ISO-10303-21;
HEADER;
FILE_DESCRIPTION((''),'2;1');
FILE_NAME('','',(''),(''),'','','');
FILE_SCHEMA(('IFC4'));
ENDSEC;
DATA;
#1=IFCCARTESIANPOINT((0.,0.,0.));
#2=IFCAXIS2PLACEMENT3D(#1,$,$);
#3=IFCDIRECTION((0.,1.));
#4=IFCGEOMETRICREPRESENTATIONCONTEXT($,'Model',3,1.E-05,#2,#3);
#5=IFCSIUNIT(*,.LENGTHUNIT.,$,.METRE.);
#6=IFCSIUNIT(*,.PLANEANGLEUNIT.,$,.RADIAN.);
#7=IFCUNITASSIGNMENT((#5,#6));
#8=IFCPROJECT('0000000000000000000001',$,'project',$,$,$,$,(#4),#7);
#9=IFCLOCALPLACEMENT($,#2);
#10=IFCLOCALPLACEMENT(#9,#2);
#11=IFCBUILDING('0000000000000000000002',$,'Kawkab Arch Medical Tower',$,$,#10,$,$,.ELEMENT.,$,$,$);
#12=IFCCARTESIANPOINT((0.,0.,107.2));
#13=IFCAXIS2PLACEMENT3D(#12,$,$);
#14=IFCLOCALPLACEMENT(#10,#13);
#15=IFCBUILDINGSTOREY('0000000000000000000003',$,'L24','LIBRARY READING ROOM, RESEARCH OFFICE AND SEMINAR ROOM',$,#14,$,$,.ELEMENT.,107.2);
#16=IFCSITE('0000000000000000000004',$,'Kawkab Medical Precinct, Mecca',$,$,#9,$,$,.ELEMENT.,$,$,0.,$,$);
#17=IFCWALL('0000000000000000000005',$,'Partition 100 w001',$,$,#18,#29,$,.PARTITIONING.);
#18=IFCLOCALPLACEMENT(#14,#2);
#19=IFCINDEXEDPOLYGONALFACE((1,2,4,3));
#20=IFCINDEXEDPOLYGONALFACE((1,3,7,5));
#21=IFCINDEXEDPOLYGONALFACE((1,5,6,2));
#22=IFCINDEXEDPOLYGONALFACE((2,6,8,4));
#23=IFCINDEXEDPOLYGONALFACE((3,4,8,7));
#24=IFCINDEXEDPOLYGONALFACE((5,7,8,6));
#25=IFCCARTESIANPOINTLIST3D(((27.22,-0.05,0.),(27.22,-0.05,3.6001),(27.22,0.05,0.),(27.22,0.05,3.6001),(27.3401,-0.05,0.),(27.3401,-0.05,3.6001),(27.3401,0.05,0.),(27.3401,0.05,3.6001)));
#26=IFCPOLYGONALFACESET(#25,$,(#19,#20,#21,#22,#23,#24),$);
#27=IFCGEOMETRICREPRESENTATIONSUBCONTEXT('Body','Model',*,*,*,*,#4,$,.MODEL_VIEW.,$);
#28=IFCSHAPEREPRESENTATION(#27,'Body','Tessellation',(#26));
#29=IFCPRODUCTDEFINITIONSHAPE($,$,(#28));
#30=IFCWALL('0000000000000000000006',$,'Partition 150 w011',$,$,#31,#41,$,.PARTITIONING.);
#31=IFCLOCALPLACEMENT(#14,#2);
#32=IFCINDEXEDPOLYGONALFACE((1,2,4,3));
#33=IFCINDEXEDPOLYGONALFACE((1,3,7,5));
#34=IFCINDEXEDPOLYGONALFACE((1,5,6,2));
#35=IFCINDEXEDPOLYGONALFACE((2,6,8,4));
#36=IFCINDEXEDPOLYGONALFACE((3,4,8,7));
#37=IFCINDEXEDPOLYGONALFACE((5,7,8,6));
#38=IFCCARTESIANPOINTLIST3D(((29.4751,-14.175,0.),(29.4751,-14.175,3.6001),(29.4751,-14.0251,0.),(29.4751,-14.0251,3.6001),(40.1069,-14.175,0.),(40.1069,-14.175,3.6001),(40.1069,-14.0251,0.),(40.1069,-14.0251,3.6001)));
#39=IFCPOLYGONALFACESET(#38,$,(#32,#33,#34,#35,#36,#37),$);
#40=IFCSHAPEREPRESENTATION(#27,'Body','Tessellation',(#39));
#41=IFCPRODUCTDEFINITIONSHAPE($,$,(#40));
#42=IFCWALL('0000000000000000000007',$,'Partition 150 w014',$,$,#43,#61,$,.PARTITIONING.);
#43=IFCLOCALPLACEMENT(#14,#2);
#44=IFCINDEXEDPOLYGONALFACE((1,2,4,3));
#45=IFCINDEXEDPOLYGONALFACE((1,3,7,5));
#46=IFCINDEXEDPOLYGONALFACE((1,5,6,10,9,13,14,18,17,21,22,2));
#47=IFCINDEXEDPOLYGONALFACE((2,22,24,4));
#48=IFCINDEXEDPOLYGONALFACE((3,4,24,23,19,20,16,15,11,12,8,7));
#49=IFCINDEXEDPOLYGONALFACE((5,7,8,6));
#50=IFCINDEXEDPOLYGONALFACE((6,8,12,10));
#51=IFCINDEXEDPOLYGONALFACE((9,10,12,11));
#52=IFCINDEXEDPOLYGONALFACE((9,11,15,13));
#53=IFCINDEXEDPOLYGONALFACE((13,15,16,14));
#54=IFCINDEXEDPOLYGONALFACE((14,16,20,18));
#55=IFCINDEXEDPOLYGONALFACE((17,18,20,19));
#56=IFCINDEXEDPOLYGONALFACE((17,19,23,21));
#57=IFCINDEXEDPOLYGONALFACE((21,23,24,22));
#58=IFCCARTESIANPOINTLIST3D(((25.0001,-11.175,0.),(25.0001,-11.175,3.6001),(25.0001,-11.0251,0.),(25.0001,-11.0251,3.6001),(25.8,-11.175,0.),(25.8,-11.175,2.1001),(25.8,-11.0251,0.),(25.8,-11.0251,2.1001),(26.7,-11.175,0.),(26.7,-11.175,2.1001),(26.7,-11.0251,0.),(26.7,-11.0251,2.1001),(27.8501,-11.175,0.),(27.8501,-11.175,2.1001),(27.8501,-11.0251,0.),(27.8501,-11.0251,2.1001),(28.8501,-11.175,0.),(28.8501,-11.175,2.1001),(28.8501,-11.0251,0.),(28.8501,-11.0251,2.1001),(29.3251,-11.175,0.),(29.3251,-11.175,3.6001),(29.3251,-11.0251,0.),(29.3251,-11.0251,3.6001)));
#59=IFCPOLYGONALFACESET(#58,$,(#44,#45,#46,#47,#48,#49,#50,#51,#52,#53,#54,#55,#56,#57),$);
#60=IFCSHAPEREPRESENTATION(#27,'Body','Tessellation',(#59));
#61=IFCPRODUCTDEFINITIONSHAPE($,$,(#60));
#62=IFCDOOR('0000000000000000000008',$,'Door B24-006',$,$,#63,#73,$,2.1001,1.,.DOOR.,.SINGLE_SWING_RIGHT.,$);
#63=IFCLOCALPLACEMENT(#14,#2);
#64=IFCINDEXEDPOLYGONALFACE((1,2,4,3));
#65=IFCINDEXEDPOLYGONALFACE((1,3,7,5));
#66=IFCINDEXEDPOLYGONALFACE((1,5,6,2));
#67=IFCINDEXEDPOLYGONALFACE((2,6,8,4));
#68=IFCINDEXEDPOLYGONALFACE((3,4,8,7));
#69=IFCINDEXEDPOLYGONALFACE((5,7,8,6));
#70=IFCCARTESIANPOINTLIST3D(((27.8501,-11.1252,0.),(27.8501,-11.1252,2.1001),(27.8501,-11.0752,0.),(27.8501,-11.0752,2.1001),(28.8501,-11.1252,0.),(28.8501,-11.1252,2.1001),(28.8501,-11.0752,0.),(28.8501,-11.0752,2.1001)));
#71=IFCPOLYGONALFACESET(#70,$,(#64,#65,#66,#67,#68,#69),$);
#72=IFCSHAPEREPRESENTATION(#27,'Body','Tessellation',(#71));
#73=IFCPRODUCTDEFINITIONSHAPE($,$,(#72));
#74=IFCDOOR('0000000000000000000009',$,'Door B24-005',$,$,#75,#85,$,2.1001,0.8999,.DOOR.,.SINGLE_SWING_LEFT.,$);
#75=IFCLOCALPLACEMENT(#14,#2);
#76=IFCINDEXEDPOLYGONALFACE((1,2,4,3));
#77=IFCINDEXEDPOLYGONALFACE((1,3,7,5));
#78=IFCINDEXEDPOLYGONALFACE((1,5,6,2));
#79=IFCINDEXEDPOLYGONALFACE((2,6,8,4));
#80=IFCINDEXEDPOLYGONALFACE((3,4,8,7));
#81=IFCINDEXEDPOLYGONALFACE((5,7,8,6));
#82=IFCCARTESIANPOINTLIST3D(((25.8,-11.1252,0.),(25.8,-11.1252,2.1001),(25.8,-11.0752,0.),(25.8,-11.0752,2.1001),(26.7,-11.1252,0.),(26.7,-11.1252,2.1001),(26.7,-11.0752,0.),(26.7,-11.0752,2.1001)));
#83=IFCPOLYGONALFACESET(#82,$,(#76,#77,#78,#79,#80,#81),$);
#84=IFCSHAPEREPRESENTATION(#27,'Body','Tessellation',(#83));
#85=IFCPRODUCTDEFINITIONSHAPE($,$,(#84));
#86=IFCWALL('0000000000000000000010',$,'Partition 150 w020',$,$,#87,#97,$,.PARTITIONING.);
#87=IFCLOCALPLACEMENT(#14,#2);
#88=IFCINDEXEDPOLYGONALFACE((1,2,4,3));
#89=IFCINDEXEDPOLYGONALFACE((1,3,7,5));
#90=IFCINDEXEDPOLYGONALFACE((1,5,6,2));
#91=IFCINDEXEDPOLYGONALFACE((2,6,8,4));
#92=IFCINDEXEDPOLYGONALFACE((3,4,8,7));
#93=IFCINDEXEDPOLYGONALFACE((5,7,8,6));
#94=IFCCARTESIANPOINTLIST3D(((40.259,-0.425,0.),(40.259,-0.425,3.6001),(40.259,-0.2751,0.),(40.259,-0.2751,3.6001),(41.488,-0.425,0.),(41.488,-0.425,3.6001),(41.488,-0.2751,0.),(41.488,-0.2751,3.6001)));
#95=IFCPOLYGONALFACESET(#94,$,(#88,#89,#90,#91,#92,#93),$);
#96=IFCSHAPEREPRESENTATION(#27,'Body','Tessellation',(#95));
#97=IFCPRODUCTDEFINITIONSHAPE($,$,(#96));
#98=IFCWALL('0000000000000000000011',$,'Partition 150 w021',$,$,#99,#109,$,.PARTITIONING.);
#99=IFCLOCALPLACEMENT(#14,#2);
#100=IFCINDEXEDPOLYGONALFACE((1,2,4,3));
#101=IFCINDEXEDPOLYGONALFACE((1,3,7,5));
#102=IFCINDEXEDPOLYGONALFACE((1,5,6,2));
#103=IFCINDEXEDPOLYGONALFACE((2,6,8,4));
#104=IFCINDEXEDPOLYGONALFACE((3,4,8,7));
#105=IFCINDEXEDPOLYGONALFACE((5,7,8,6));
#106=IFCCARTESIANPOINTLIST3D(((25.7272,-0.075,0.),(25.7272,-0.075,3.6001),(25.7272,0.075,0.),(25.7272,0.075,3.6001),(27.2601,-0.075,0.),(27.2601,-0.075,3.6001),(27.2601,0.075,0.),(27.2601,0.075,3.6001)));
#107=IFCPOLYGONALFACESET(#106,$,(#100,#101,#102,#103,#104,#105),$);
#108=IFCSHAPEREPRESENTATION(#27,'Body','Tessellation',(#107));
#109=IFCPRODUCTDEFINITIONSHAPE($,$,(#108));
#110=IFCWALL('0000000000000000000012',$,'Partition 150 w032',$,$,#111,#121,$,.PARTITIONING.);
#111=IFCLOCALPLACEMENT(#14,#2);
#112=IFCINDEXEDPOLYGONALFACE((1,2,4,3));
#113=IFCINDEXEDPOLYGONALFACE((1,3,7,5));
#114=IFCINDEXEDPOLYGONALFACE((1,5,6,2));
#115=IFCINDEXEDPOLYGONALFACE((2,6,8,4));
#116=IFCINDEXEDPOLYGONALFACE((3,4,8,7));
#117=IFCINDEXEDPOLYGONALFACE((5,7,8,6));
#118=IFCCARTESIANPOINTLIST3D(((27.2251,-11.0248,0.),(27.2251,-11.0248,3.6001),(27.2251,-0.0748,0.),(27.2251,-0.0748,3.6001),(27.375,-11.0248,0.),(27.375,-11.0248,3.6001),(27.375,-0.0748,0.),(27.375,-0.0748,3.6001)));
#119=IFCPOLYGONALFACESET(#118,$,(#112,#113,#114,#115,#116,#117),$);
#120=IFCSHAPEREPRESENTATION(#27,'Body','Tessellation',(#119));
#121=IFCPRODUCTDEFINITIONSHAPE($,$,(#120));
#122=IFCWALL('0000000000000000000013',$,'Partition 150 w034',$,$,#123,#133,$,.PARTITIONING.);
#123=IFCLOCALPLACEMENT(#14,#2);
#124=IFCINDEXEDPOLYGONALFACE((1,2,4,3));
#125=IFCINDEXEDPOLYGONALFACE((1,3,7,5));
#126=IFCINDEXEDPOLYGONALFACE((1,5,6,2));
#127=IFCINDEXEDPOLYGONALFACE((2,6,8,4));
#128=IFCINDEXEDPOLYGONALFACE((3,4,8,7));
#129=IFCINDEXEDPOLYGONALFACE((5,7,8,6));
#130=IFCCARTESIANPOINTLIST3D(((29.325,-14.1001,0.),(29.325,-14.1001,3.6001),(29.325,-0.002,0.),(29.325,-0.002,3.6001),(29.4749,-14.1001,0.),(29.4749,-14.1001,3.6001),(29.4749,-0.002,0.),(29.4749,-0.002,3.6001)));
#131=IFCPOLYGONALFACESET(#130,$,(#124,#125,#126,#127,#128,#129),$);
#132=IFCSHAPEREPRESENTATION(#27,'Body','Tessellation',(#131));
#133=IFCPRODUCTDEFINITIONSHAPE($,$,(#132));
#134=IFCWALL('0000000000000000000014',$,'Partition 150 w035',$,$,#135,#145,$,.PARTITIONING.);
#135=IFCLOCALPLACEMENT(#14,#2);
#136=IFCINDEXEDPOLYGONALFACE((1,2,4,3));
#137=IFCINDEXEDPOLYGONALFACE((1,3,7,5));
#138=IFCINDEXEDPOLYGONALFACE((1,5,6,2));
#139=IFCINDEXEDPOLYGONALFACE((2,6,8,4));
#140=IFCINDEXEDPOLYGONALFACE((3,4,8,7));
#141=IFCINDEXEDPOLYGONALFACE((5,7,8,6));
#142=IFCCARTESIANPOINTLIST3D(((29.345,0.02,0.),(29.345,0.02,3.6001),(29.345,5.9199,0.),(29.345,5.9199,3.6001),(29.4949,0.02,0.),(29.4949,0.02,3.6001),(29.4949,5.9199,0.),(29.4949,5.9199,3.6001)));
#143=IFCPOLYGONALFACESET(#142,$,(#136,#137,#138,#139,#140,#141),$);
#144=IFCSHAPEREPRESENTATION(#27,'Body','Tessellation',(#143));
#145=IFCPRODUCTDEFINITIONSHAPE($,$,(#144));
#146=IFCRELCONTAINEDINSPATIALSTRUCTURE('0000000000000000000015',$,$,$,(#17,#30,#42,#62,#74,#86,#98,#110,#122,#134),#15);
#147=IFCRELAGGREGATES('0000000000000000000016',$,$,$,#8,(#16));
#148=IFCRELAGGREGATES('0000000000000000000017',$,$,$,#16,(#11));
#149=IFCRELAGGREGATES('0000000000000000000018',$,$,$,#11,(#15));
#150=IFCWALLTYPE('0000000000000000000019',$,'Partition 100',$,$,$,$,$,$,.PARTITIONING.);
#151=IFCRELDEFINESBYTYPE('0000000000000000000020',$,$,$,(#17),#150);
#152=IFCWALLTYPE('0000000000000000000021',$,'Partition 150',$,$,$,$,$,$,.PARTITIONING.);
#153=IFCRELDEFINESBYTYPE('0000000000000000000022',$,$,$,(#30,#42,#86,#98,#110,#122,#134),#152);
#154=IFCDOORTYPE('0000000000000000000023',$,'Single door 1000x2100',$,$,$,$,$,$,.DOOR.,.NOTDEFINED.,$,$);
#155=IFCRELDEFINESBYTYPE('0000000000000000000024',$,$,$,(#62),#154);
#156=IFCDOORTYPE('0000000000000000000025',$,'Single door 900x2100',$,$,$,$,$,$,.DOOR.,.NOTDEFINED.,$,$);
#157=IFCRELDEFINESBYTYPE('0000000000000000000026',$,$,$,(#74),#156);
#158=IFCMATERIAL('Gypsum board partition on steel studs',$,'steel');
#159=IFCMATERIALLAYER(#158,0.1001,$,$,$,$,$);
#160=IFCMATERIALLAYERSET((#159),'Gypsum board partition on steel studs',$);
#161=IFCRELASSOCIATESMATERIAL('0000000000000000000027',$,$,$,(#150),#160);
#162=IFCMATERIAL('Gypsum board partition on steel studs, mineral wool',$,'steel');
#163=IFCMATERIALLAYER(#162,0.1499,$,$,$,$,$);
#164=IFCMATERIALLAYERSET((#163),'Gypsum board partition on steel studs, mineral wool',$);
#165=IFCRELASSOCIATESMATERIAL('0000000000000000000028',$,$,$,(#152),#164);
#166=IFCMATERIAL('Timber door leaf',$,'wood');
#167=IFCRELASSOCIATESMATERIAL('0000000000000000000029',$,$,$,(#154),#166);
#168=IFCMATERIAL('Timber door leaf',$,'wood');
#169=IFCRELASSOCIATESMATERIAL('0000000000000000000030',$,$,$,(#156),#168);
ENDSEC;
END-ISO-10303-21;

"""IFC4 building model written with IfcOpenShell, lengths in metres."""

from ifc_helpers import new_model, si_unit, direction, frame, frame_2d, origin, place, context, subcontext, project, spatial, rectangle, extrude, material, layer, layer_set, type_object, element, fill, save


model = new_model("IFC4")

# Units and contexts
model_context = context("Model", 3, precision=1e-05, world=origin(), true_north=direction((0.0, 1.0)))
body_context = subcontext(model_context, "Body", "Model", "MODEL_VIEW")
ifc_project = project(units=[si_unit("LENGTHUNIT", "METRE"), si_unit("PLANEANGLEUNIT", "RADIAN")], contexts=[model_context])

# Site, building, storey
site_placement = place(None, origin())
site = spatial("IfcSite", under=ifc_project, at=site_placement, Name="Kawkab Medical Precinct, Mecca", CompositionType="ELEMENT", RefElevation=0.0)
building_placement = place(site_placement, origin())
building = spatial("IfcBuilding", under=site, at=building_placement, Name="Kawkab Arch Medical Tower", CompositionType="ELEMENT")
storey_placement = place(building_placement, frame((0.0, 0.0, 107.2)))
storey = spatial("IfcBuildingStorey", under=building, at=storey_placement, Name="L24", Description="LIBRARY READING ROOM, RESEARCH OFFICE AND SEMINAR ROOM", CompositionType="ELEMENT", Elevation=107.2)

# Walls
ifc_material_1 = material(Name="Gypsum board partition on steel studs", Category="steel")
ifc_layer_1 = layer(ifc_material_1, 0.1001)
ifc_layer_set_1 = layer_set([ifc_layer_1], Name="Gypsum board partition on steel studs")
wall_type_1 = type_object("IfcWallType", Name="Partition 100", PredefinedType="PARTITIONING", material=ifc_layer_set_1)
wall_1_placement = place(storey_placement, frame((27.22, 0.0, 0.0), z_axis=(0.0, 0.0, 1.0), x_axis=(1.0, 0.0, 0.0)))
element("IfcWall", 1, at=wall_1_placement, inside=storey, type_object=wall_type_1, Name="Partition 100 w001", PredefinedType="PARTITIONING", context=body_context, shape_type="SweptSolid", body=[
    extrude(rectangle(XDim=0.1201, YDim=0.1001, at=frame_2d((0.0601, 0.0))), origin(), (0.0, 0.0, 1.0), 3.6001),
])
ifc_material_2 = material(Name="Gypsum board partition on steel studs, mineral wool", Category="steel")
ifc_layer_2 = layer(ifc_material_2, 0.1499)
ifc_layer_set_2 = layer_set([ifc_layer_2], Name="Gypsum board partition on steel studs, mineral wool")
wall_type_2 = type_object("IfcWallType", Name="Partition 150", PredefinedType="PARTITIONING", material=ifc_layer_set_2)
wall_2_placement = place(storey_placement, frame((29.4751, -14.1001, 0.0), z_axis=(0.0, 0.0, 1.0), x_axis=(1.0, 0.0, 0.0)))
element("IfcWall", 2, at=wall_2_placement, inside=storey, type_object=wall_type_2, Name="Partition 150 w011", PredefinedType="PARTITIONING", context=body_context, shape_type="SweptSolid", body=[
    extrude(rectangle(XDim=10.6318, YDim=0.1499, at=frame_2d((5.3159, 0.0))), origin(), (0.0, 0.0, 1.0), 3.6001),
])

# Wall, openings, doors
wall_3_placement = place(storey_placement, frame((25.0, -11.1001, 0.0), z_axis=(0.0, 0.0, 1.0), x_axis=(1.0, 0.0, 0.0)))
wall_3 = element("IfcWall", 3, at=wall_3_placement, inside=storey, type_object=wall_type_2, Name="Partition 150 w014", PredefinedType="PARTITIONING", context=body_context, shape_type="SweptSolid", body=[
    extrude(rectangle(XDim=4.325, YDim=0.1499, at=frame_2d((2.1626, 0.0))), origin(), (0.0, 0.0, 1.0), 3.6001),
])
opening_1_placement = place(wall_3_placement, frame((0.8, 0.0, 0.0)))
opening_1 = element("IfcOpeningElement", 4, at=opening_1_placement, cuts=wall_3, PredefinedType="OPENING", context=body_context, shape_type="SweptSolid", body=[
    extrude(rectangle(XDim=0.8999, YDim=2.1001, at=frame_2d((0.45, 1.05))), frame((0.0, 0.085, 0.0), z_axis=(0.0, -1.0, 0.0), x_axis=(1.0, 0.0, 0.0)), (0.0, 0.0, 1.0), 0.1699),
])
opening_2_placement = place(wall_3_placement, frame((2.8501, 0.0, 0.0)))
opening_2 = element("IfcOpeningElement", 5, at=opening_2_placement, cuts=wall_3, PredefinedType="OPENING", context=body_context, shape_type="SweptSolid", body=[
    extrude(rectangle(XDim=1.0, YDim=2.1001, at=frame_2d((0.5, 1.05))), frame((0.0, 0.085, 0.0), z_axis=(0.0, -1.0, 0.0), x_axis=(1.0, 0.0, 0.0)), (0.0, 0.0, 1.0), 0.1699),
])
ifc_material_3 = material(Name="Timber door leaf", Category="wood")
door_type_1 = type_object("IfcDoorType", Name="Single door 1000x2100", OperationType="NOTDEFINED", PredefinedType="DOOR", material=ifc_material_3)
door_1_placement = place(opening_2_placement, origin())
door_1 = element("IfcDoor", 6, at=door_1_placement, inside=storey, type_object=door_type_1, Name="Door B24-006", OperationType="SINGLE_SWING_RIGHT", OverallHeight=2.1001, OverallWidth=1.0, PredefinedType="DOOR", context=body_context, shape_type="SweptSolid", body=[
    extrude(rectangle(XDim=1.0, YDim=2.1001, at=frame_2d((0.5, 1.05))), frame((0.0, 0.0249, 0.0), z_axis=(0.0, -1.0, 0.0), x_axis=(1.0, 0.0, 0.0)), (0.0, 0.0, 1.0), 0.05),
])
fill(opening_2, door_1)
ifc_material_4 = material(Name="Timber door leaf", Category="wood")
door_type_2 = type_object("IfcDoorType", Name="Single door 900x2100", OperationType="NOTDEFINED", PredefinedType="DOOR", material=ifc_material_4)
door_2_placement = place(opening_1_placement, origin())
door_2 = element("IfcDoor", 7, at=door_2_placement, inside=storey, type_object=door_type_2, Name="Door B24-005", OperationType="SINGLE_SWING_LEFT", OverallHeight=2.1001, OverallWidth=0.8999, PredefinedType="DOOR", context=body_context, shape_type="SweptSolid", body=[
    extrude(rectangle(XDim=0.8999, YDim=2.1001, at=frame_2d((0.45, 1.05))), frame((0.0, 0.0249, 0.0), z_axis=(0.0, -1.0, 0.0), x_axis=(1.0, 0.0, 0.0)), (0.0, 0.0, 1.0), 0.05),
])
fill(opening_1, door_2)

# Walls
wall_4_placement = place(storey_placement, frame((40.259, -0.3501, 0.0), z_axis=(0.0, 0.0, 1.0), x_axis=(1.0, 0.0, 0.0)))
element("IfcWall", 8, at=wall_4_placement, inside=storey, type_object=wall_type_2, Name="Partition 150 w020", PredefinedType="PARTITIONING", context=body_context, shape_type="SweptSolid", body=[
    extrude(rectangle(XDim=1.229, YDim=0.1499, at=frame_2d((0.6145, 0.0))), origin(), (0.0, 0.0, 1.0), 3.6001),
])
wall_5_placement = place(storey_placement, frame((25.7271, 0.0, 0.0), z_axis=(0.0, 0.0, 1.0), x_axis=(1.0, 0.0, 0.0)))
element("IfcWall", 9, at=wall_5_placement, inside=storey, type_object=wall_type_2, Name="Partition 150 w021", PredefinedType="PARTITIONING", context=body_context, shape_type="SweptSolid", body=[
    extrude(rectangle(XDim=1.533, YDim=0.1499, at=frame_2d((0.7666, 0.0))), origin(), (0.0, 0.0, 1.0), 3.6001),
])
wall_6_placement = place(storey_placement, frame((27.3, -11.0249, 0.0), z_axis=(0.0, 0.0, 1.0), x_axis=(0.0, 1.0, 0.0)))
element("IfcWall", 10, at=wall_6_placement, inside=storey, type_object=wall_type_2, Name="Partition 150 w032", PredefinedType="PARTITIONING", context=body_context, shape_type="SweptSolid", body=[
    extrude(rectangle(XDim=10.95, YDim=0.1499, at=frame_2d((5.4751, 0.0))), origin(), (0.0, 0.0, 1.0), 3.6001),
])
wall_7_placement = place(storey_placement, frame((29.3999, -14.1001, 0.0), z_axis=(0.0, 0.0, 1.0), x_axis=(0.0, 1.0, 0.0)))
element("IfcWall", 11, at=wall_7_placement, inside=storey, type_object=wall_type_2, Name="Partition 150 w034", PredefinedType="PARTITIONING", context=body_context, shape_type="SweptSolid", body=[
    extrude(rectangle(XDim=14.0981, YDim=0.1499, at=frame_2d((7.0491, 0.0))), origin(), (0.0, 0.0, 1.0), 3.6001),
])
wall_8_placement = place(storey_placement, frame((29.4199, 0.02, 0.0), z_axis=(0.0, 0.0, 1.0), x_axis=(0.0, 1.0, 0.0)))
element("IfcWall", 12, at=wall_8_placement, inside=storey, type_object=wall_type_2, Name="Partition 150 w035", PredefinedType="PARTITIONING", context=body_context, shape_type="SweptSolid", body=[
    extrude(rectangle(XDim=5.8999, YDim=0.1499, at=frame_2d((2.95, 0.0))), origin(), (0.0, 0.0, 1.0), 3.6001),
])

save(model, "model.ifc")
